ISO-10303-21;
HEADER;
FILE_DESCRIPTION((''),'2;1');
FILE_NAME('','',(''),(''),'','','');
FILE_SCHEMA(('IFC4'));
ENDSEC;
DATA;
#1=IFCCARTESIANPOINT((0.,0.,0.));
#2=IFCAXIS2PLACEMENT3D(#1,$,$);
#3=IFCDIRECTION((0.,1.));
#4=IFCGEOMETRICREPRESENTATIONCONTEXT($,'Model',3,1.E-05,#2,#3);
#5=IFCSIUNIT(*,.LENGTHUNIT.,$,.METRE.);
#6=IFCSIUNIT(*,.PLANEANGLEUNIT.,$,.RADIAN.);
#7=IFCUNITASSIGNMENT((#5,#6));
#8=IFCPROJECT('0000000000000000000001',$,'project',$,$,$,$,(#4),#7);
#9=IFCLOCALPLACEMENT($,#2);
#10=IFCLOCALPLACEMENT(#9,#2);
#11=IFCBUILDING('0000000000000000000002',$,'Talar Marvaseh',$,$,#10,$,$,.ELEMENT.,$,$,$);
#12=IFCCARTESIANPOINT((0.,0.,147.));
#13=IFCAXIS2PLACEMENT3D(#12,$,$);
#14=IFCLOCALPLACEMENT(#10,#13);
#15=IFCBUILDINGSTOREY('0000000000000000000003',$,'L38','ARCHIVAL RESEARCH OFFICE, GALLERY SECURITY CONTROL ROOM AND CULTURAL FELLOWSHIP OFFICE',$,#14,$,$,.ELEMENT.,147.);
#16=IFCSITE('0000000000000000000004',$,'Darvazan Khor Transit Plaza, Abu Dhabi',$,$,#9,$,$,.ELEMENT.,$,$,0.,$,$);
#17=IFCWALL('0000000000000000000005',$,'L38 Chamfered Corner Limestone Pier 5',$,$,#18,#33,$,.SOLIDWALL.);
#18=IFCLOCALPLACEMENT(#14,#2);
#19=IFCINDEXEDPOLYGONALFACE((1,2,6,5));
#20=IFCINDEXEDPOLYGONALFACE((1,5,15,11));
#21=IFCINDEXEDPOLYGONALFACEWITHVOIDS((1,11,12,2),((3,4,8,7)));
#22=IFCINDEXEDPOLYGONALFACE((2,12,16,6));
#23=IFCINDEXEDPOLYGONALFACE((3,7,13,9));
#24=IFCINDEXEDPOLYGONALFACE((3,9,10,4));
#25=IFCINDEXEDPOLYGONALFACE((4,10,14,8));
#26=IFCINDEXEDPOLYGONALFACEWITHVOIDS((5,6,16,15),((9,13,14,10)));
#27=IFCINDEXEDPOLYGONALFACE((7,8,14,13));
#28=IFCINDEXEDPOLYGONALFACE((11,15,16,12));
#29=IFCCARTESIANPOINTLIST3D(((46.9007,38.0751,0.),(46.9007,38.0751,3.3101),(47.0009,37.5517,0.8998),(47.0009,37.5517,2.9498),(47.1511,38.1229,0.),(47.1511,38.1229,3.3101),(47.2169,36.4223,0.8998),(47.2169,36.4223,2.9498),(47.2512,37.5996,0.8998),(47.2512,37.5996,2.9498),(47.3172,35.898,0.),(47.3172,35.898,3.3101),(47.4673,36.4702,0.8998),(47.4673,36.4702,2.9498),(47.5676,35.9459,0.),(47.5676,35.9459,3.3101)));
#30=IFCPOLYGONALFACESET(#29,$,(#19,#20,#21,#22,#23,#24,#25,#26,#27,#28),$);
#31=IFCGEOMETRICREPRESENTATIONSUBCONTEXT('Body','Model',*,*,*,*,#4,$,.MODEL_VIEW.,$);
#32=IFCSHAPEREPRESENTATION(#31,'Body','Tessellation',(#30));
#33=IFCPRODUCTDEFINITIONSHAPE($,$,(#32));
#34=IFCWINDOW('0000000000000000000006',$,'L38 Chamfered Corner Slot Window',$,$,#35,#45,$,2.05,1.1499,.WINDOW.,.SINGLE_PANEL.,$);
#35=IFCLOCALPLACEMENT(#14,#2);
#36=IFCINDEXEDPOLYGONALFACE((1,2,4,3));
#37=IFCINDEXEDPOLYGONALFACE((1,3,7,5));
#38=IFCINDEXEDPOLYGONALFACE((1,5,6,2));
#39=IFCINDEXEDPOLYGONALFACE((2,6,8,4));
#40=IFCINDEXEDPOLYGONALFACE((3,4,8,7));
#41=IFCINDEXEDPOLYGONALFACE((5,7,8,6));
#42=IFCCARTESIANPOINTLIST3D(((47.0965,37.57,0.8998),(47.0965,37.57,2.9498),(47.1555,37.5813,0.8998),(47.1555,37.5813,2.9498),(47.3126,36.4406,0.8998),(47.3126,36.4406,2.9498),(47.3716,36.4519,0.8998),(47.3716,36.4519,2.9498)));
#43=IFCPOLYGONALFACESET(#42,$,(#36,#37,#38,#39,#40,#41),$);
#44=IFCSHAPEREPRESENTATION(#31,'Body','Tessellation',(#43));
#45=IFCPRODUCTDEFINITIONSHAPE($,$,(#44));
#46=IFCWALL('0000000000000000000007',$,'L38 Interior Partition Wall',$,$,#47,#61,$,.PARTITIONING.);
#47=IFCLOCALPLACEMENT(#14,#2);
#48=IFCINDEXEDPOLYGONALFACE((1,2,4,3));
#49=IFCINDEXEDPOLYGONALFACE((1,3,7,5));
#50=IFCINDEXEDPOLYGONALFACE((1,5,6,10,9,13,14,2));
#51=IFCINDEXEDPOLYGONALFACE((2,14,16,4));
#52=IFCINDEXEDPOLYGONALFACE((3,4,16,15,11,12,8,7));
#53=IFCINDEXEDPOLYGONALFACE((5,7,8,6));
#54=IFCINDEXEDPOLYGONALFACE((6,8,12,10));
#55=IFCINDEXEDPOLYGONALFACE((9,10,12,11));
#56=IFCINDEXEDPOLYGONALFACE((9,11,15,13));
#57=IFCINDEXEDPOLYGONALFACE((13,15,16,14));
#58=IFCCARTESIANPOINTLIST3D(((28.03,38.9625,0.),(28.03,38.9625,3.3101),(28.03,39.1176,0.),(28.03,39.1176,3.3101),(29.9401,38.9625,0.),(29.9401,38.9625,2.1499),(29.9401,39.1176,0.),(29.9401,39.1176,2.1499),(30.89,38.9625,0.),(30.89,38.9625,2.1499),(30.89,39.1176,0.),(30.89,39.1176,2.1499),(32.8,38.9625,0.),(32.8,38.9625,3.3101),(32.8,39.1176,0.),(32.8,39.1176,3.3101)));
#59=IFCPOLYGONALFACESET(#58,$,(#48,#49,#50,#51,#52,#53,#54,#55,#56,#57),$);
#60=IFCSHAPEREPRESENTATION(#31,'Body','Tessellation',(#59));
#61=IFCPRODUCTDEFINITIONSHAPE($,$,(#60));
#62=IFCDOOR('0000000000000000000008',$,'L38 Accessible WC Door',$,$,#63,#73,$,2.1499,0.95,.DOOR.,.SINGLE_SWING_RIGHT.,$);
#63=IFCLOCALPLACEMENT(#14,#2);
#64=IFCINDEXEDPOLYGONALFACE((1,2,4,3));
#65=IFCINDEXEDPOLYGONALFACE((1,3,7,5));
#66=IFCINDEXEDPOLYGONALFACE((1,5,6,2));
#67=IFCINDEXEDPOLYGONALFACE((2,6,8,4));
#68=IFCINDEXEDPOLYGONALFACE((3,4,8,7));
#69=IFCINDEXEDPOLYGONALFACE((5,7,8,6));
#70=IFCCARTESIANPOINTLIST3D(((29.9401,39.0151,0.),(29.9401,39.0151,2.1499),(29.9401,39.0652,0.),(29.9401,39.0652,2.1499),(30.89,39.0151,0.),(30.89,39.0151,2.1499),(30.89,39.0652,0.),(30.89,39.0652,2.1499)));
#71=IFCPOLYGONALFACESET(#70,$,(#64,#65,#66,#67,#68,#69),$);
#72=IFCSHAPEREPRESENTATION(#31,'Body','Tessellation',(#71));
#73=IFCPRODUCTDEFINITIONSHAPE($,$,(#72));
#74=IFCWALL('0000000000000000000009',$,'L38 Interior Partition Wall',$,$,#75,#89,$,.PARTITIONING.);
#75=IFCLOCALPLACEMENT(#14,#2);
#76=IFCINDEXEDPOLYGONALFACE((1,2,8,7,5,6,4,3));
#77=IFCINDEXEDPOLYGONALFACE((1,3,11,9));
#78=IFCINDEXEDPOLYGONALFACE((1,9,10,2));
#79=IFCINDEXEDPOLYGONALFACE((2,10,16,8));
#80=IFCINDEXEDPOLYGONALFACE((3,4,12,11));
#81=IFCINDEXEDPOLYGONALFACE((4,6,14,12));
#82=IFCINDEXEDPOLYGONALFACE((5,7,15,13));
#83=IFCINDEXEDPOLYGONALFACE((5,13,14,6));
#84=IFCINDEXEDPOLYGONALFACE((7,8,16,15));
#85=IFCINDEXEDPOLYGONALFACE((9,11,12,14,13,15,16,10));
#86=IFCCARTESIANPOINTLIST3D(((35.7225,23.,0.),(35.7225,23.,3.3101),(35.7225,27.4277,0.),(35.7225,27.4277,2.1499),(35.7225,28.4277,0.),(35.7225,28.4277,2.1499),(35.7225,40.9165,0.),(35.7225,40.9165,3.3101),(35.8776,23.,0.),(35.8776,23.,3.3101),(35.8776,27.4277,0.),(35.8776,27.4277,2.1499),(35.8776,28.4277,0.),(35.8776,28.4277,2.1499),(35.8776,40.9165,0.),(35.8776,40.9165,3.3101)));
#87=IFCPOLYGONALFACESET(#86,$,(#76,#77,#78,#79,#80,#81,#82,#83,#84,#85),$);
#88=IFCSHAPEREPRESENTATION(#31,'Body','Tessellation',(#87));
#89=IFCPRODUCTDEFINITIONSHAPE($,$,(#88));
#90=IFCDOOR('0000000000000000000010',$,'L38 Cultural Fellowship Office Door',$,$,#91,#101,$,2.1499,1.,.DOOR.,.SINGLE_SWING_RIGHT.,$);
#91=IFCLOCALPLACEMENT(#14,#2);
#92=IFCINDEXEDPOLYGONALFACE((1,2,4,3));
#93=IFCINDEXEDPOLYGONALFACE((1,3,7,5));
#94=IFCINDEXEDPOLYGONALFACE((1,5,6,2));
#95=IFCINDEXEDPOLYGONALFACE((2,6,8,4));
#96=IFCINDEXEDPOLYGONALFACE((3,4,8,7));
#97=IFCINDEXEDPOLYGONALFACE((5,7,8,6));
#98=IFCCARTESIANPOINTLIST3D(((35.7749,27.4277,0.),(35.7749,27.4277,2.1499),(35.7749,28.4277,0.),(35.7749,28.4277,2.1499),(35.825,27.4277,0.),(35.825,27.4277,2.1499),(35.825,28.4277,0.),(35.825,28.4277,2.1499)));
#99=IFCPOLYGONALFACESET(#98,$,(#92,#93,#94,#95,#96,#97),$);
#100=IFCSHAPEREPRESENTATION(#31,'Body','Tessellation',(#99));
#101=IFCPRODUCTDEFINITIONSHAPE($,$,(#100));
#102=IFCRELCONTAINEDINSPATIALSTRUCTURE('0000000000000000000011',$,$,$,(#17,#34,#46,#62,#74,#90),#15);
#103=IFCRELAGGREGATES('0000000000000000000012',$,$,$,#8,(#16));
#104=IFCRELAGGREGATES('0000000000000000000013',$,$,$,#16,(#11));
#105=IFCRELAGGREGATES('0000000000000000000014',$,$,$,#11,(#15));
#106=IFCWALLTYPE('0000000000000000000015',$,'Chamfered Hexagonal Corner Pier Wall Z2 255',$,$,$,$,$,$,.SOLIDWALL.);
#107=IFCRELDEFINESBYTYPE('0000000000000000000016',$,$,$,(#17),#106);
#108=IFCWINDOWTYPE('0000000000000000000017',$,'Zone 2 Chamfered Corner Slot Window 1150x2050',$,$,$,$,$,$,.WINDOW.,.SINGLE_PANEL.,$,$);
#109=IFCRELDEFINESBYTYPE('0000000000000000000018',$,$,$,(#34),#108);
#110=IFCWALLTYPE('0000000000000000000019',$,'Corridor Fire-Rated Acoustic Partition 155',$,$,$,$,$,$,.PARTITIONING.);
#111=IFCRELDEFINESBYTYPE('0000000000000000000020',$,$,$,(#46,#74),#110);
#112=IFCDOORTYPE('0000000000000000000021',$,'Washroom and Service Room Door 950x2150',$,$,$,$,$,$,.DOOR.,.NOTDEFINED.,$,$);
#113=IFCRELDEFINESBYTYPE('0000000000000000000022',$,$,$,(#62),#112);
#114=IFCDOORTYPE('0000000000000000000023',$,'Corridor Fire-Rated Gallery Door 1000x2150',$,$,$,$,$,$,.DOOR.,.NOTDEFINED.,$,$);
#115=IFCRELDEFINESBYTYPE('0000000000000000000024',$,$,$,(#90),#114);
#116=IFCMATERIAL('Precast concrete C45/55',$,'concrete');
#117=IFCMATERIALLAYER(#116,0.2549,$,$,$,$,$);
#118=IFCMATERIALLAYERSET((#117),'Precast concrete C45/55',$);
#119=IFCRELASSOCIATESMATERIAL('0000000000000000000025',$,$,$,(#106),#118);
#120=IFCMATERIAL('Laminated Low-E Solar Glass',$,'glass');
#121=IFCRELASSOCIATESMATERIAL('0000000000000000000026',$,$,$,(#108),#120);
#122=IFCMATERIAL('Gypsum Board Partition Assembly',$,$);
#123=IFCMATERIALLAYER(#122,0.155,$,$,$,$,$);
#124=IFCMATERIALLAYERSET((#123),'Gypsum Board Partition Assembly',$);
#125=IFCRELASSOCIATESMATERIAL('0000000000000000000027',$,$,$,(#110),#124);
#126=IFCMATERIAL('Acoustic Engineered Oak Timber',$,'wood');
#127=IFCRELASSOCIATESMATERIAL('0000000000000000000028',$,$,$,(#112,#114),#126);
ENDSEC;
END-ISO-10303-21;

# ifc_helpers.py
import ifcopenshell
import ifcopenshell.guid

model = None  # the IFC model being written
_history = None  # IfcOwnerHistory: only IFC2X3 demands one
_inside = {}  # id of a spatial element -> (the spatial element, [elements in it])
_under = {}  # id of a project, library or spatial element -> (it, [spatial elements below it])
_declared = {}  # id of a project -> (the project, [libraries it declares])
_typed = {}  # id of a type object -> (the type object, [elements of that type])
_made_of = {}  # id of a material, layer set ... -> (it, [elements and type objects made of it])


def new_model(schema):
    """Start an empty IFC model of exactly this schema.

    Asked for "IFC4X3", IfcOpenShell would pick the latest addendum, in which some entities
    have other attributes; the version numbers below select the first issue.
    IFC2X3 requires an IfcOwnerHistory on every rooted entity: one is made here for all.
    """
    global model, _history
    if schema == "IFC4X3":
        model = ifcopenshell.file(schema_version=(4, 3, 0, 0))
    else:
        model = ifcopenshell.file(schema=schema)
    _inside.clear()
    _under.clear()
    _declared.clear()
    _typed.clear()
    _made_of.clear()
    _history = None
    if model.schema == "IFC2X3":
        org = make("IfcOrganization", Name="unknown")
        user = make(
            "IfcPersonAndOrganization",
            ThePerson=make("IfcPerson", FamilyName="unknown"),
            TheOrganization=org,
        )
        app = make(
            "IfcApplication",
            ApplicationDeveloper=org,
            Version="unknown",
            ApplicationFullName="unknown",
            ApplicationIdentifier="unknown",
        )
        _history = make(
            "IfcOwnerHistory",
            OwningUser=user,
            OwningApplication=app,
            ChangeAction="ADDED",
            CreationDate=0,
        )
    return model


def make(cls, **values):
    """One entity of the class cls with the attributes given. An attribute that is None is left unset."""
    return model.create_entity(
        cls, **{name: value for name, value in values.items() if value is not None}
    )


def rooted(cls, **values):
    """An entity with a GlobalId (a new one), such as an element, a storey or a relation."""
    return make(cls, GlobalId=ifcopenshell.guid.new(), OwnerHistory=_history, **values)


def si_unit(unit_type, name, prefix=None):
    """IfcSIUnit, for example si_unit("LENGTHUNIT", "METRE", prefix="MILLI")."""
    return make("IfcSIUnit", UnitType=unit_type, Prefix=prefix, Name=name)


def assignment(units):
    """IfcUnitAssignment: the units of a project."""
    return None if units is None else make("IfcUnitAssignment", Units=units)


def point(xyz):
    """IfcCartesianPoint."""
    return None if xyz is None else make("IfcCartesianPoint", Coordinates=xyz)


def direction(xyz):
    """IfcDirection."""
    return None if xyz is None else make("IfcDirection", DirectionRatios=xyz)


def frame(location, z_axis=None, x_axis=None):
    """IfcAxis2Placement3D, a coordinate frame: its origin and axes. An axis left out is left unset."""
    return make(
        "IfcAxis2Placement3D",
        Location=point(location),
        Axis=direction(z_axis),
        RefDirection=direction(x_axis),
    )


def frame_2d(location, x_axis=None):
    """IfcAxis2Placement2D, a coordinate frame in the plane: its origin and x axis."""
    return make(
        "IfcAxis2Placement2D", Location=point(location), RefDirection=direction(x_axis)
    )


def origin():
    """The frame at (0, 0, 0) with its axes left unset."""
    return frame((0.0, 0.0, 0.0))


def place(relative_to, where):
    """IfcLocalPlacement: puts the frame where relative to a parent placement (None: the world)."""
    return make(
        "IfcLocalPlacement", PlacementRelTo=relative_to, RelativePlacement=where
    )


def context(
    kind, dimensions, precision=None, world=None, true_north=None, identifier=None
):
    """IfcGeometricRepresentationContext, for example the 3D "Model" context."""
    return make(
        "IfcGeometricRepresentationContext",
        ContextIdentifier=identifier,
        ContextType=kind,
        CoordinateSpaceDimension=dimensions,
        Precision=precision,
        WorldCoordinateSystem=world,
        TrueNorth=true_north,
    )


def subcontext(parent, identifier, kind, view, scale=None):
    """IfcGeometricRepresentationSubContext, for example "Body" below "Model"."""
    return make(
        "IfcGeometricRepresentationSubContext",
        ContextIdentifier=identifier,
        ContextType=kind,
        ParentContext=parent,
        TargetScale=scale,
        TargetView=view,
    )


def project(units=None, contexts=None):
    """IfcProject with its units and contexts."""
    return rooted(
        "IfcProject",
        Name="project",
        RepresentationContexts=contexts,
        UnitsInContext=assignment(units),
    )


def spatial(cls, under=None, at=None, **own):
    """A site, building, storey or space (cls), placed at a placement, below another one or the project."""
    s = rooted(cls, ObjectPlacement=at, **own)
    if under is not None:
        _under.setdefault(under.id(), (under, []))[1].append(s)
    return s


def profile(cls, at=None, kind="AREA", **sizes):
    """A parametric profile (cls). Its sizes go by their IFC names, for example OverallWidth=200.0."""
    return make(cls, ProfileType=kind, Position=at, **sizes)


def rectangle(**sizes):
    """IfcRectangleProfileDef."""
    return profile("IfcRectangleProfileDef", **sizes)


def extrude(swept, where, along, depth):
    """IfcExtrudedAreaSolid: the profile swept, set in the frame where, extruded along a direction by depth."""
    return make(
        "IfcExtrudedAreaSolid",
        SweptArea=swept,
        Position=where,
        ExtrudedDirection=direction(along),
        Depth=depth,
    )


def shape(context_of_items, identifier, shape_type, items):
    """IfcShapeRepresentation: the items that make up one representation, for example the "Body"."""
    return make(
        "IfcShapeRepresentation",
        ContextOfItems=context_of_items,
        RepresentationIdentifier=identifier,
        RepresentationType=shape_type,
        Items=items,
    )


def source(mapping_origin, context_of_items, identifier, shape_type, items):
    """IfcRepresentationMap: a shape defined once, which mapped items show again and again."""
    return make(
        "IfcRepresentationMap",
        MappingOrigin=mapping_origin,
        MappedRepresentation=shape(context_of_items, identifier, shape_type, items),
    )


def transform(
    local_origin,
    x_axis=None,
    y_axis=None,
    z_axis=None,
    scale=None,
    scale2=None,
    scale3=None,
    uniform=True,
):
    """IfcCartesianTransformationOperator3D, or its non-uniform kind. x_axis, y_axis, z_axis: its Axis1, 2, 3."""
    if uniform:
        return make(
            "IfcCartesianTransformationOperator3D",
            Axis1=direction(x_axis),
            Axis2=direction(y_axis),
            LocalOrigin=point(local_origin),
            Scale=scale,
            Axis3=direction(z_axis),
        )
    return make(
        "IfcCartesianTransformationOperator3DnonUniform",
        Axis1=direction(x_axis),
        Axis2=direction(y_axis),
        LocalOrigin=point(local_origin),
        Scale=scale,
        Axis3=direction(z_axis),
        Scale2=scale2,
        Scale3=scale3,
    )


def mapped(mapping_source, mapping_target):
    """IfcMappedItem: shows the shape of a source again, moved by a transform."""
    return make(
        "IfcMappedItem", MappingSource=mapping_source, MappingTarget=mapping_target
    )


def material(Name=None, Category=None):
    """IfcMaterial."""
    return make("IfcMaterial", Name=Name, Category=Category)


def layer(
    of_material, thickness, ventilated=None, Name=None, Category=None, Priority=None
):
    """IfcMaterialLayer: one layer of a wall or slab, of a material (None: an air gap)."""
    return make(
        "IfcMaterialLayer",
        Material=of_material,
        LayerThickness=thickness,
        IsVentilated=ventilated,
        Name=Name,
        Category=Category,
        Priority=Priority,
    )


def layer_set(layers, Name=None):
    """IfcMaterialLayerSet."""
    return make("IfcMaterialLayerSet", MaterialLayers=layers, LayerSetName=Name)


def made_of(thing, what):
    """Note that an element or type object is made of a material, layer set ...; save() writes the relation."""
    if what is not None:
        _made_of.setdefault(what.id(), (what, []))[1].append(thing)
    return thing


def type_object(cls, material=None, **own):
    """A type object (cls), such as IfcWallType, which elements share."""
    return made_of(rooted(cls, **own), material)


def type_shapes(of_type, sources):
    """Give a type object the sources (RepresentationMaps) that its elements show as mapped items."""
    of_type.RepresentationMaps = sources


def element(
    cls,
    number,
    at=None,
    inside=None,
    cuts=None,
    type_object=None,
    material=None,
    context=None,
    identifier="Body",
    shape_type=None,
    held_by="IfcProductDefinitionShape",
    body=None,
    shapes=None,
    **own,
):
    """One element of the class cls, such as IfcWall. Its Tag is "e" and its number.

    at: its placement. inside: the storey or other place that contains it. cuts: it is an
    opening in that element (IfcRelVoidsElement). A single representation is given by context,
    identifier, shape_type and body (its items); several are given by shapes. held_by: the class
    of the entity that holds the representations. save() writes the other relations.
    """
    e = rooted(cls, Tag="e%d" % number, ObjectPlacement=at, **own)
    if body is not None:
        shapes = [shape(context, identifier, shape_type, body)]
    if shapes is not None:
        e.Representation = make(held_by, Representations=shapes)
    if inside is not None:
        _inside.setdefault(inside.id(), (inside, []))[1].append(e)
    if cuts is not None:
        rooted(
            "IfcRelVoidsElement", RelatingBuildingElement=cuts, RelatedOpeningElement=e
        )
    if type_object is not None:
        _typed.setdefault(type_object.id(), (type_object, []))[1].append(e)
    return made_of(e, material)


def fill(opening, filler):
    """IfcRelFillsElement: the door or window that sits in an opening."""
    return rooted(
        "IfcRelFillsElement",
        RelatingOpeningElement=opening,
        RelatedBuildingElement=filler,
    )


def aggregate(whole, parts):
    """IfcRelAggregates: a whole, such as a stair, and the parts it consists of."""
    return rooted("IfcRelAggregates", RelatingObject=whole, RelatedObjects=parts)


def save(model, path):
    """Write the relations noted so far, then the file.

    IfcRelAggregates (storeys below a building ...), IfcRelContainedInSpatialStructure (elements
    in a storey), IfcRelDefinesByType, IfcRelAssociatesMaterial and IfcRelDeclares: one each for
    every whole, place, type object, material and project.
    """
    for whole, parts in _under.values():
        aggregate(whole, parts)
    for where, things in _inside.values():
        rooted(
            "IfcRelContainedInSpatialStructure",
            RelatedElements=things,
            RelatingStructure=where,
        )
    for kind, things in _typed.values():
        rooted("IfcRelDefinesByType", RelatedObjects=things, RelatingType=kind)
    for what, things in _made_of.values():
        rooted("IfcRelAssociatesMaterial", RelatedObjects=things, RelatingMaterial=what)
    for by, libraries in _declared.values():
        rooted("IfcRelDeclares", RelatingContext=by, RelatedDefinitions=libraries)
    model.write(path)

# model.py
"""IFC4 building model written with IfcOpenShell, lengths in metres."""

from ifc_helpers import new_model, si_unit, direction, frame, frame_2d, origin, place, context, subcontext, project, spatial, rectangle, extrude, source, transform, mapped, material, layer, layer_set, type_object, type_shapes, element, fill, save


model = new_model("IFC4")

# Units and contexts
model_context = context("Model", 3, precision=1e-05, world=origin(), true_north=direction((0.0, 1.0)))
body_context = subcontext(model_context, "Body", "Model", "MODEL_VIEW")
ifc_project = project(units=[si_unit("LENGTHUNIT", "METRE"), si_unit("PLANEANGLEUNIT", "RADIAN")], contexts=[model_context])

# Site, building, storey
site_placement = place(None, origin())
site = spatial("IfcSite", under=ifc_project, at=site_placement, Name="Darvazan Khor Transit Plaza, Abu Dhabi", CompositionType="ELEMENT", RefElevation=0.0)
building_placement = place(site_placement, origin())
building = spatial("IfcBuilding", under=site, at=building_placement, Name="Talar Marvaseh", CompositionType="ELEMENT")
storey_placement = place(building_placement, frame((0.0, 0.0, 147.0)))
storey = spatial("IfcBuildingStorey", under=building, at=storey_placement, Name="L38", Description="ARCHIVAL RESEARCH OFFICE, GALLERY SECURITY CONTROL ROOM AND CULTURAL FELLOWSHIP OFFICE", CompositionType="ELEMENT", Elevation=147.0)

# Shared definitions
ifc_material_1 = material(Name="Laminated Low-E Solar Glass", Category="glass")

# Wall, opening, window
ifc_material_2 = material(Name="Precast concrete C45/55", Category="concrete")
ifc_layer_1 = layer(ifc_material_2, 0.2549)
ifc_layer_set_1 = layer_set([ifc_layer_1], Name="Precast concrete C45/55")
wall_type_1 = type_object("IfcWallType", Name="Chamfered Hexagonal Corner Pier Wall Z2 255", PredefinedType="SOLIDWALL", material=ifc_layer_set_1)
wall_1_placement = place(storey_placement, frame((47.0259, 38.0991, 0.0), z_axis=(0.0, 0.0, 1.0), x_axis=(0.187912, -0.982186, 0.0)))
wall_1 = element("IfcWall", 1, at=wall_1_placement, inside=storey, type_object=wall_type_1, Name="L38 Chamfered Corner Limestone Pier 5", PredefinedType="SOLIDWALL", context=body_context, shape_type="SweptSolid", body=[
    extrude(rectangle(XDim=2.2166, YDim=0.2549, at=frame_2d((1.1084, 0.0))), origin(), (0.0, 0.0, 1.0), 3.3101),
])
opening_1_placement = place(wall_1_placement, frame((0.533, 0.0, 0.8999)))
opening_1 = element("IfcOpeningElement", 2, at=opening_1_placement, cuts=wall_1, PredefinedType="OPENING", context=body_context, shape_type="SweptSolid", body=[
    extrude(rectangle(XDim=1.1499, YDim=2.05, at=frame_2d((0.575, 1.0249))), frame((0.0, 0.1375, 0.0), z_axis=(0.0, -1.0, 0.0), x_axis=(1.0, 0.0, 0.0)), (0.0, 0.0, 1.0), 0.2749),
])
window_type = type_object("IfcWindowType", Name="Zone 2 Chamfered Corner Slot Window 1150x2050", PartitioningType="SINGLE_PANEL", PredefinedType="WINDOW", material=ifc_material_1)
shared_shape_1 = source(origin(), body_context, "Body", "SweptSolid", [
    extrude(rectangle(XDim=1.1499, YDim=2.05, at=frame_2d((0.575, 1.0249))), frame((0.0, 0.03, 0.0), z_axis=(0.0, -1.0, 0.0), x_axis=(1.0, 0.0, 0.0)), (0.0, 0.0, 1.0), 0.0601),
])
type_shapes(window_type, [shared_shape_1])
window_placement = place(opening_1_placement, origin())
window = element("IfcWindow", 3, at=window_placement, inside=storey, type_object=window_type, Name="L38 Chamfered Corner Slot Window", OverallHeight=2.05, OverallWidth=1.1499, PartitioningType="SINGLE_PANEL", PredefinedType="WINDOW", context=body_context, shape_type="MappedRepresentation", body=[
    mapped(shared_shape_1, transform((0.0, 0.0, 0.0), x_axis=(1.0, 0.0, 0.0), y_axis=(0.0, 1.0, 0.0), z_axis=(0.0, 0.0, 1.0), scale=1.0)),
])
fill(opening_1, window)

# Walls, openings, doors
ifc_material_3 = material(Name="Gypsum Board Partition Assembly")
ifc_layer_2 = layer(ifc_material_3, 0.155)
ifc_layer_set_2 = layer_set([ifc_layer_2], Name="Gypsum Board Partition Assembly")
wall_type_2 = type_object("IfcWallType", Name="Corridor Fire-Rated Acoustic Partition 155", PredefinedType="PARTITIONING", material=ifc_layer_set_2)
wall_2_placement = place(storey_placement, frame((32.8, 39.04, 0.0), z_axis=(0.0, 0.0, 1.0), x_axis=(-1.0, 0.0, 0.0)))
wall_2 = element("IfcWall", 4, at=wall_2_placement, inside=storey, type_object=wall_type_2, Name="L38 Interior Partition Wall", PredefinedType="PARTITIONING", context=body_context, shape_type="SweptSolid", body=[
    extrude(rectangle(XDim=4.77, YDim=0.155, at=frame_2d((2.385, 0.0))), origin(), (0.0, 0.0, 1.0), 3.3101),
])
opening_2_placement = place(wall_2_placement, frame((1.9099, 0.0, 0.0)))
opening_2 = element("IfcOpeningElement", 5, at=opening_2_placement, cuts=wall_2, PredefinedType="OPENING", context=body_context, shape_type="SweptSolid", body=[
    extrude(rectangle(XDim=0.95, YDim=2.1499, at=frame_2d((0.4751, 1.075))), frame((0.0, 0.0874, 0.0), z_axis=(0.0, -1.0, 0.0), x_axis=(1.0, 0.0, 0.0)), (0.0, 0.0, 1.0), 0.175),
])
ifc_material_4 = material(Name="Acoustic Engineered Oak Timber", Category="wood")
door_type_1 = type_object("IfcDoorType", Name="Washroom and Service Room Door 950x2150", OperationType="NOTDEFINED", PredefinedType="DOOR", material=ifc_material_4)
shared_shape_2 = source(origin(), body_context, "Body", "SweptSolid", [
    extrude(rectangle(XDim=0.95, YDim=2.1499, at=frame_2d((0.4751, 1.075))), frame((0.0, 0.0249, 0.0), z_axis=(0.0, -1.0, 0.0), x_axis=(1.0, 0.0, 0.0)), (0.0, 0.0, 1.0), 0.05),
])
type_shapes(door_type_1, [shared_shape_2])
door_1_placement = place(opening_2_placement, origin())
door_1 = element("IfcDoor", 6, at=door_1_placement, inside=storey, type_object=door_type_1, Name="L38 Accessible WC Door", OperationType="SINGLE_SWING_RIGHT", OverallHeight=2.1499, OverallWidth=0.95, PredefinedType="DOOR", context=body_context, shape_type="MappedRepresentation", body=[
    mapped(shared_shape_2, transform((0.0, 0.0, 0.0), x_axis=(1.0, 0.0, 0.0), y_axis=(0.0, 1.0, 0.0), z_axis=(0.0, 0.0, 1.0), scale=1.0)),
])
fill(opening_2, door_1)
wall_3_placement = place(storey_placement, frame((35.8, 40.9165, 0.0), z_axis=(0.0, 0.0, 1.0), x_axis=(0.0, -1.0, 0.0)))
wall_3 = element("IfcWall", 7, at=wall_3_placement, inside=storey, type_object=wall_type_2, Name="L38 Interior Partition Wall", PredefinedType="PARTITIONING", context=body_context, shape_type="SweptSolid", body=[
    extrude(rectangle(XDim=17.9165, YDim=0.155, at=frame_2d((8.9583, 0.0))), origin(), (0.0, 0.0, 1.0), 3.3101),
])
opening_3_placement = place(wall_3_placement, frame((12.4888, 0.0, 0.0)))
opening_3 = element("IfcOpeningElement", 8, at=opening_3_placement, cuts=wall_3, PredefinedType="OPENING", context=body_context, shape_type="SweptSolid", body=[
    extrude(rectangle(XDim=1.0, YDim=2.1499, at=frame_2d((0.5, 1.075))), frame((0.0, 0.0874, 0.0), z_axis=(0.0, -1.0, 0.0), x_axis=(1.0, 0.0, 0.0)), (0.0, 0.0, 1.0), 0.175),
])
door_type_2 = type_object("IfcDoorType", Name="Corridor Fire-Rated Gallery Door 1000x2150", OperationType="NOTDEFINED", PredefinedType="DOOR", material=ifc_material_4)
shared_shape_3 = source(origin(), body_context, "Body", "SweptSolid", [
    extrude(rectangle(XDim=1.0, YDim=2.1499, at=frame_2d((0.5, 1.075))), frame((0.0, 0.0249, 0.0), z_axis=(0.0, -1.0, 0.0), x_axis=(1.0, 0.0, 0.0)), (0.0, 0.0, 1.0), 0.05),
])
type_shapes(door_type_2, [shared_shape_3])
door_2_placement = place(opening_3_placement, origin())
door_2 = element("IfcDoor", 9, at=door_2_placement, inside=storey, type_object=door_type_2, Name="L38 Cultural Fellowship Office Door", OperationType="SINGLE_SWING_RIGHT", OverallHeight=2.1499, OverallWidth=1.0, PredefinedType="DOOR", context=body_context, shape_type="MappedRepresentation", body=[
    mapped(shared_shape_3, transform((0.0, 0.0, 0.0), x_axis=(1.0, 0.0, 0.0), y_axis=(0.0, 1.0, 0.0), z_axis=(0.0, 0.0, 1.0), scale=1.0)),
])
fill(opening_3, door_2)

save(model, "model.ifc")
